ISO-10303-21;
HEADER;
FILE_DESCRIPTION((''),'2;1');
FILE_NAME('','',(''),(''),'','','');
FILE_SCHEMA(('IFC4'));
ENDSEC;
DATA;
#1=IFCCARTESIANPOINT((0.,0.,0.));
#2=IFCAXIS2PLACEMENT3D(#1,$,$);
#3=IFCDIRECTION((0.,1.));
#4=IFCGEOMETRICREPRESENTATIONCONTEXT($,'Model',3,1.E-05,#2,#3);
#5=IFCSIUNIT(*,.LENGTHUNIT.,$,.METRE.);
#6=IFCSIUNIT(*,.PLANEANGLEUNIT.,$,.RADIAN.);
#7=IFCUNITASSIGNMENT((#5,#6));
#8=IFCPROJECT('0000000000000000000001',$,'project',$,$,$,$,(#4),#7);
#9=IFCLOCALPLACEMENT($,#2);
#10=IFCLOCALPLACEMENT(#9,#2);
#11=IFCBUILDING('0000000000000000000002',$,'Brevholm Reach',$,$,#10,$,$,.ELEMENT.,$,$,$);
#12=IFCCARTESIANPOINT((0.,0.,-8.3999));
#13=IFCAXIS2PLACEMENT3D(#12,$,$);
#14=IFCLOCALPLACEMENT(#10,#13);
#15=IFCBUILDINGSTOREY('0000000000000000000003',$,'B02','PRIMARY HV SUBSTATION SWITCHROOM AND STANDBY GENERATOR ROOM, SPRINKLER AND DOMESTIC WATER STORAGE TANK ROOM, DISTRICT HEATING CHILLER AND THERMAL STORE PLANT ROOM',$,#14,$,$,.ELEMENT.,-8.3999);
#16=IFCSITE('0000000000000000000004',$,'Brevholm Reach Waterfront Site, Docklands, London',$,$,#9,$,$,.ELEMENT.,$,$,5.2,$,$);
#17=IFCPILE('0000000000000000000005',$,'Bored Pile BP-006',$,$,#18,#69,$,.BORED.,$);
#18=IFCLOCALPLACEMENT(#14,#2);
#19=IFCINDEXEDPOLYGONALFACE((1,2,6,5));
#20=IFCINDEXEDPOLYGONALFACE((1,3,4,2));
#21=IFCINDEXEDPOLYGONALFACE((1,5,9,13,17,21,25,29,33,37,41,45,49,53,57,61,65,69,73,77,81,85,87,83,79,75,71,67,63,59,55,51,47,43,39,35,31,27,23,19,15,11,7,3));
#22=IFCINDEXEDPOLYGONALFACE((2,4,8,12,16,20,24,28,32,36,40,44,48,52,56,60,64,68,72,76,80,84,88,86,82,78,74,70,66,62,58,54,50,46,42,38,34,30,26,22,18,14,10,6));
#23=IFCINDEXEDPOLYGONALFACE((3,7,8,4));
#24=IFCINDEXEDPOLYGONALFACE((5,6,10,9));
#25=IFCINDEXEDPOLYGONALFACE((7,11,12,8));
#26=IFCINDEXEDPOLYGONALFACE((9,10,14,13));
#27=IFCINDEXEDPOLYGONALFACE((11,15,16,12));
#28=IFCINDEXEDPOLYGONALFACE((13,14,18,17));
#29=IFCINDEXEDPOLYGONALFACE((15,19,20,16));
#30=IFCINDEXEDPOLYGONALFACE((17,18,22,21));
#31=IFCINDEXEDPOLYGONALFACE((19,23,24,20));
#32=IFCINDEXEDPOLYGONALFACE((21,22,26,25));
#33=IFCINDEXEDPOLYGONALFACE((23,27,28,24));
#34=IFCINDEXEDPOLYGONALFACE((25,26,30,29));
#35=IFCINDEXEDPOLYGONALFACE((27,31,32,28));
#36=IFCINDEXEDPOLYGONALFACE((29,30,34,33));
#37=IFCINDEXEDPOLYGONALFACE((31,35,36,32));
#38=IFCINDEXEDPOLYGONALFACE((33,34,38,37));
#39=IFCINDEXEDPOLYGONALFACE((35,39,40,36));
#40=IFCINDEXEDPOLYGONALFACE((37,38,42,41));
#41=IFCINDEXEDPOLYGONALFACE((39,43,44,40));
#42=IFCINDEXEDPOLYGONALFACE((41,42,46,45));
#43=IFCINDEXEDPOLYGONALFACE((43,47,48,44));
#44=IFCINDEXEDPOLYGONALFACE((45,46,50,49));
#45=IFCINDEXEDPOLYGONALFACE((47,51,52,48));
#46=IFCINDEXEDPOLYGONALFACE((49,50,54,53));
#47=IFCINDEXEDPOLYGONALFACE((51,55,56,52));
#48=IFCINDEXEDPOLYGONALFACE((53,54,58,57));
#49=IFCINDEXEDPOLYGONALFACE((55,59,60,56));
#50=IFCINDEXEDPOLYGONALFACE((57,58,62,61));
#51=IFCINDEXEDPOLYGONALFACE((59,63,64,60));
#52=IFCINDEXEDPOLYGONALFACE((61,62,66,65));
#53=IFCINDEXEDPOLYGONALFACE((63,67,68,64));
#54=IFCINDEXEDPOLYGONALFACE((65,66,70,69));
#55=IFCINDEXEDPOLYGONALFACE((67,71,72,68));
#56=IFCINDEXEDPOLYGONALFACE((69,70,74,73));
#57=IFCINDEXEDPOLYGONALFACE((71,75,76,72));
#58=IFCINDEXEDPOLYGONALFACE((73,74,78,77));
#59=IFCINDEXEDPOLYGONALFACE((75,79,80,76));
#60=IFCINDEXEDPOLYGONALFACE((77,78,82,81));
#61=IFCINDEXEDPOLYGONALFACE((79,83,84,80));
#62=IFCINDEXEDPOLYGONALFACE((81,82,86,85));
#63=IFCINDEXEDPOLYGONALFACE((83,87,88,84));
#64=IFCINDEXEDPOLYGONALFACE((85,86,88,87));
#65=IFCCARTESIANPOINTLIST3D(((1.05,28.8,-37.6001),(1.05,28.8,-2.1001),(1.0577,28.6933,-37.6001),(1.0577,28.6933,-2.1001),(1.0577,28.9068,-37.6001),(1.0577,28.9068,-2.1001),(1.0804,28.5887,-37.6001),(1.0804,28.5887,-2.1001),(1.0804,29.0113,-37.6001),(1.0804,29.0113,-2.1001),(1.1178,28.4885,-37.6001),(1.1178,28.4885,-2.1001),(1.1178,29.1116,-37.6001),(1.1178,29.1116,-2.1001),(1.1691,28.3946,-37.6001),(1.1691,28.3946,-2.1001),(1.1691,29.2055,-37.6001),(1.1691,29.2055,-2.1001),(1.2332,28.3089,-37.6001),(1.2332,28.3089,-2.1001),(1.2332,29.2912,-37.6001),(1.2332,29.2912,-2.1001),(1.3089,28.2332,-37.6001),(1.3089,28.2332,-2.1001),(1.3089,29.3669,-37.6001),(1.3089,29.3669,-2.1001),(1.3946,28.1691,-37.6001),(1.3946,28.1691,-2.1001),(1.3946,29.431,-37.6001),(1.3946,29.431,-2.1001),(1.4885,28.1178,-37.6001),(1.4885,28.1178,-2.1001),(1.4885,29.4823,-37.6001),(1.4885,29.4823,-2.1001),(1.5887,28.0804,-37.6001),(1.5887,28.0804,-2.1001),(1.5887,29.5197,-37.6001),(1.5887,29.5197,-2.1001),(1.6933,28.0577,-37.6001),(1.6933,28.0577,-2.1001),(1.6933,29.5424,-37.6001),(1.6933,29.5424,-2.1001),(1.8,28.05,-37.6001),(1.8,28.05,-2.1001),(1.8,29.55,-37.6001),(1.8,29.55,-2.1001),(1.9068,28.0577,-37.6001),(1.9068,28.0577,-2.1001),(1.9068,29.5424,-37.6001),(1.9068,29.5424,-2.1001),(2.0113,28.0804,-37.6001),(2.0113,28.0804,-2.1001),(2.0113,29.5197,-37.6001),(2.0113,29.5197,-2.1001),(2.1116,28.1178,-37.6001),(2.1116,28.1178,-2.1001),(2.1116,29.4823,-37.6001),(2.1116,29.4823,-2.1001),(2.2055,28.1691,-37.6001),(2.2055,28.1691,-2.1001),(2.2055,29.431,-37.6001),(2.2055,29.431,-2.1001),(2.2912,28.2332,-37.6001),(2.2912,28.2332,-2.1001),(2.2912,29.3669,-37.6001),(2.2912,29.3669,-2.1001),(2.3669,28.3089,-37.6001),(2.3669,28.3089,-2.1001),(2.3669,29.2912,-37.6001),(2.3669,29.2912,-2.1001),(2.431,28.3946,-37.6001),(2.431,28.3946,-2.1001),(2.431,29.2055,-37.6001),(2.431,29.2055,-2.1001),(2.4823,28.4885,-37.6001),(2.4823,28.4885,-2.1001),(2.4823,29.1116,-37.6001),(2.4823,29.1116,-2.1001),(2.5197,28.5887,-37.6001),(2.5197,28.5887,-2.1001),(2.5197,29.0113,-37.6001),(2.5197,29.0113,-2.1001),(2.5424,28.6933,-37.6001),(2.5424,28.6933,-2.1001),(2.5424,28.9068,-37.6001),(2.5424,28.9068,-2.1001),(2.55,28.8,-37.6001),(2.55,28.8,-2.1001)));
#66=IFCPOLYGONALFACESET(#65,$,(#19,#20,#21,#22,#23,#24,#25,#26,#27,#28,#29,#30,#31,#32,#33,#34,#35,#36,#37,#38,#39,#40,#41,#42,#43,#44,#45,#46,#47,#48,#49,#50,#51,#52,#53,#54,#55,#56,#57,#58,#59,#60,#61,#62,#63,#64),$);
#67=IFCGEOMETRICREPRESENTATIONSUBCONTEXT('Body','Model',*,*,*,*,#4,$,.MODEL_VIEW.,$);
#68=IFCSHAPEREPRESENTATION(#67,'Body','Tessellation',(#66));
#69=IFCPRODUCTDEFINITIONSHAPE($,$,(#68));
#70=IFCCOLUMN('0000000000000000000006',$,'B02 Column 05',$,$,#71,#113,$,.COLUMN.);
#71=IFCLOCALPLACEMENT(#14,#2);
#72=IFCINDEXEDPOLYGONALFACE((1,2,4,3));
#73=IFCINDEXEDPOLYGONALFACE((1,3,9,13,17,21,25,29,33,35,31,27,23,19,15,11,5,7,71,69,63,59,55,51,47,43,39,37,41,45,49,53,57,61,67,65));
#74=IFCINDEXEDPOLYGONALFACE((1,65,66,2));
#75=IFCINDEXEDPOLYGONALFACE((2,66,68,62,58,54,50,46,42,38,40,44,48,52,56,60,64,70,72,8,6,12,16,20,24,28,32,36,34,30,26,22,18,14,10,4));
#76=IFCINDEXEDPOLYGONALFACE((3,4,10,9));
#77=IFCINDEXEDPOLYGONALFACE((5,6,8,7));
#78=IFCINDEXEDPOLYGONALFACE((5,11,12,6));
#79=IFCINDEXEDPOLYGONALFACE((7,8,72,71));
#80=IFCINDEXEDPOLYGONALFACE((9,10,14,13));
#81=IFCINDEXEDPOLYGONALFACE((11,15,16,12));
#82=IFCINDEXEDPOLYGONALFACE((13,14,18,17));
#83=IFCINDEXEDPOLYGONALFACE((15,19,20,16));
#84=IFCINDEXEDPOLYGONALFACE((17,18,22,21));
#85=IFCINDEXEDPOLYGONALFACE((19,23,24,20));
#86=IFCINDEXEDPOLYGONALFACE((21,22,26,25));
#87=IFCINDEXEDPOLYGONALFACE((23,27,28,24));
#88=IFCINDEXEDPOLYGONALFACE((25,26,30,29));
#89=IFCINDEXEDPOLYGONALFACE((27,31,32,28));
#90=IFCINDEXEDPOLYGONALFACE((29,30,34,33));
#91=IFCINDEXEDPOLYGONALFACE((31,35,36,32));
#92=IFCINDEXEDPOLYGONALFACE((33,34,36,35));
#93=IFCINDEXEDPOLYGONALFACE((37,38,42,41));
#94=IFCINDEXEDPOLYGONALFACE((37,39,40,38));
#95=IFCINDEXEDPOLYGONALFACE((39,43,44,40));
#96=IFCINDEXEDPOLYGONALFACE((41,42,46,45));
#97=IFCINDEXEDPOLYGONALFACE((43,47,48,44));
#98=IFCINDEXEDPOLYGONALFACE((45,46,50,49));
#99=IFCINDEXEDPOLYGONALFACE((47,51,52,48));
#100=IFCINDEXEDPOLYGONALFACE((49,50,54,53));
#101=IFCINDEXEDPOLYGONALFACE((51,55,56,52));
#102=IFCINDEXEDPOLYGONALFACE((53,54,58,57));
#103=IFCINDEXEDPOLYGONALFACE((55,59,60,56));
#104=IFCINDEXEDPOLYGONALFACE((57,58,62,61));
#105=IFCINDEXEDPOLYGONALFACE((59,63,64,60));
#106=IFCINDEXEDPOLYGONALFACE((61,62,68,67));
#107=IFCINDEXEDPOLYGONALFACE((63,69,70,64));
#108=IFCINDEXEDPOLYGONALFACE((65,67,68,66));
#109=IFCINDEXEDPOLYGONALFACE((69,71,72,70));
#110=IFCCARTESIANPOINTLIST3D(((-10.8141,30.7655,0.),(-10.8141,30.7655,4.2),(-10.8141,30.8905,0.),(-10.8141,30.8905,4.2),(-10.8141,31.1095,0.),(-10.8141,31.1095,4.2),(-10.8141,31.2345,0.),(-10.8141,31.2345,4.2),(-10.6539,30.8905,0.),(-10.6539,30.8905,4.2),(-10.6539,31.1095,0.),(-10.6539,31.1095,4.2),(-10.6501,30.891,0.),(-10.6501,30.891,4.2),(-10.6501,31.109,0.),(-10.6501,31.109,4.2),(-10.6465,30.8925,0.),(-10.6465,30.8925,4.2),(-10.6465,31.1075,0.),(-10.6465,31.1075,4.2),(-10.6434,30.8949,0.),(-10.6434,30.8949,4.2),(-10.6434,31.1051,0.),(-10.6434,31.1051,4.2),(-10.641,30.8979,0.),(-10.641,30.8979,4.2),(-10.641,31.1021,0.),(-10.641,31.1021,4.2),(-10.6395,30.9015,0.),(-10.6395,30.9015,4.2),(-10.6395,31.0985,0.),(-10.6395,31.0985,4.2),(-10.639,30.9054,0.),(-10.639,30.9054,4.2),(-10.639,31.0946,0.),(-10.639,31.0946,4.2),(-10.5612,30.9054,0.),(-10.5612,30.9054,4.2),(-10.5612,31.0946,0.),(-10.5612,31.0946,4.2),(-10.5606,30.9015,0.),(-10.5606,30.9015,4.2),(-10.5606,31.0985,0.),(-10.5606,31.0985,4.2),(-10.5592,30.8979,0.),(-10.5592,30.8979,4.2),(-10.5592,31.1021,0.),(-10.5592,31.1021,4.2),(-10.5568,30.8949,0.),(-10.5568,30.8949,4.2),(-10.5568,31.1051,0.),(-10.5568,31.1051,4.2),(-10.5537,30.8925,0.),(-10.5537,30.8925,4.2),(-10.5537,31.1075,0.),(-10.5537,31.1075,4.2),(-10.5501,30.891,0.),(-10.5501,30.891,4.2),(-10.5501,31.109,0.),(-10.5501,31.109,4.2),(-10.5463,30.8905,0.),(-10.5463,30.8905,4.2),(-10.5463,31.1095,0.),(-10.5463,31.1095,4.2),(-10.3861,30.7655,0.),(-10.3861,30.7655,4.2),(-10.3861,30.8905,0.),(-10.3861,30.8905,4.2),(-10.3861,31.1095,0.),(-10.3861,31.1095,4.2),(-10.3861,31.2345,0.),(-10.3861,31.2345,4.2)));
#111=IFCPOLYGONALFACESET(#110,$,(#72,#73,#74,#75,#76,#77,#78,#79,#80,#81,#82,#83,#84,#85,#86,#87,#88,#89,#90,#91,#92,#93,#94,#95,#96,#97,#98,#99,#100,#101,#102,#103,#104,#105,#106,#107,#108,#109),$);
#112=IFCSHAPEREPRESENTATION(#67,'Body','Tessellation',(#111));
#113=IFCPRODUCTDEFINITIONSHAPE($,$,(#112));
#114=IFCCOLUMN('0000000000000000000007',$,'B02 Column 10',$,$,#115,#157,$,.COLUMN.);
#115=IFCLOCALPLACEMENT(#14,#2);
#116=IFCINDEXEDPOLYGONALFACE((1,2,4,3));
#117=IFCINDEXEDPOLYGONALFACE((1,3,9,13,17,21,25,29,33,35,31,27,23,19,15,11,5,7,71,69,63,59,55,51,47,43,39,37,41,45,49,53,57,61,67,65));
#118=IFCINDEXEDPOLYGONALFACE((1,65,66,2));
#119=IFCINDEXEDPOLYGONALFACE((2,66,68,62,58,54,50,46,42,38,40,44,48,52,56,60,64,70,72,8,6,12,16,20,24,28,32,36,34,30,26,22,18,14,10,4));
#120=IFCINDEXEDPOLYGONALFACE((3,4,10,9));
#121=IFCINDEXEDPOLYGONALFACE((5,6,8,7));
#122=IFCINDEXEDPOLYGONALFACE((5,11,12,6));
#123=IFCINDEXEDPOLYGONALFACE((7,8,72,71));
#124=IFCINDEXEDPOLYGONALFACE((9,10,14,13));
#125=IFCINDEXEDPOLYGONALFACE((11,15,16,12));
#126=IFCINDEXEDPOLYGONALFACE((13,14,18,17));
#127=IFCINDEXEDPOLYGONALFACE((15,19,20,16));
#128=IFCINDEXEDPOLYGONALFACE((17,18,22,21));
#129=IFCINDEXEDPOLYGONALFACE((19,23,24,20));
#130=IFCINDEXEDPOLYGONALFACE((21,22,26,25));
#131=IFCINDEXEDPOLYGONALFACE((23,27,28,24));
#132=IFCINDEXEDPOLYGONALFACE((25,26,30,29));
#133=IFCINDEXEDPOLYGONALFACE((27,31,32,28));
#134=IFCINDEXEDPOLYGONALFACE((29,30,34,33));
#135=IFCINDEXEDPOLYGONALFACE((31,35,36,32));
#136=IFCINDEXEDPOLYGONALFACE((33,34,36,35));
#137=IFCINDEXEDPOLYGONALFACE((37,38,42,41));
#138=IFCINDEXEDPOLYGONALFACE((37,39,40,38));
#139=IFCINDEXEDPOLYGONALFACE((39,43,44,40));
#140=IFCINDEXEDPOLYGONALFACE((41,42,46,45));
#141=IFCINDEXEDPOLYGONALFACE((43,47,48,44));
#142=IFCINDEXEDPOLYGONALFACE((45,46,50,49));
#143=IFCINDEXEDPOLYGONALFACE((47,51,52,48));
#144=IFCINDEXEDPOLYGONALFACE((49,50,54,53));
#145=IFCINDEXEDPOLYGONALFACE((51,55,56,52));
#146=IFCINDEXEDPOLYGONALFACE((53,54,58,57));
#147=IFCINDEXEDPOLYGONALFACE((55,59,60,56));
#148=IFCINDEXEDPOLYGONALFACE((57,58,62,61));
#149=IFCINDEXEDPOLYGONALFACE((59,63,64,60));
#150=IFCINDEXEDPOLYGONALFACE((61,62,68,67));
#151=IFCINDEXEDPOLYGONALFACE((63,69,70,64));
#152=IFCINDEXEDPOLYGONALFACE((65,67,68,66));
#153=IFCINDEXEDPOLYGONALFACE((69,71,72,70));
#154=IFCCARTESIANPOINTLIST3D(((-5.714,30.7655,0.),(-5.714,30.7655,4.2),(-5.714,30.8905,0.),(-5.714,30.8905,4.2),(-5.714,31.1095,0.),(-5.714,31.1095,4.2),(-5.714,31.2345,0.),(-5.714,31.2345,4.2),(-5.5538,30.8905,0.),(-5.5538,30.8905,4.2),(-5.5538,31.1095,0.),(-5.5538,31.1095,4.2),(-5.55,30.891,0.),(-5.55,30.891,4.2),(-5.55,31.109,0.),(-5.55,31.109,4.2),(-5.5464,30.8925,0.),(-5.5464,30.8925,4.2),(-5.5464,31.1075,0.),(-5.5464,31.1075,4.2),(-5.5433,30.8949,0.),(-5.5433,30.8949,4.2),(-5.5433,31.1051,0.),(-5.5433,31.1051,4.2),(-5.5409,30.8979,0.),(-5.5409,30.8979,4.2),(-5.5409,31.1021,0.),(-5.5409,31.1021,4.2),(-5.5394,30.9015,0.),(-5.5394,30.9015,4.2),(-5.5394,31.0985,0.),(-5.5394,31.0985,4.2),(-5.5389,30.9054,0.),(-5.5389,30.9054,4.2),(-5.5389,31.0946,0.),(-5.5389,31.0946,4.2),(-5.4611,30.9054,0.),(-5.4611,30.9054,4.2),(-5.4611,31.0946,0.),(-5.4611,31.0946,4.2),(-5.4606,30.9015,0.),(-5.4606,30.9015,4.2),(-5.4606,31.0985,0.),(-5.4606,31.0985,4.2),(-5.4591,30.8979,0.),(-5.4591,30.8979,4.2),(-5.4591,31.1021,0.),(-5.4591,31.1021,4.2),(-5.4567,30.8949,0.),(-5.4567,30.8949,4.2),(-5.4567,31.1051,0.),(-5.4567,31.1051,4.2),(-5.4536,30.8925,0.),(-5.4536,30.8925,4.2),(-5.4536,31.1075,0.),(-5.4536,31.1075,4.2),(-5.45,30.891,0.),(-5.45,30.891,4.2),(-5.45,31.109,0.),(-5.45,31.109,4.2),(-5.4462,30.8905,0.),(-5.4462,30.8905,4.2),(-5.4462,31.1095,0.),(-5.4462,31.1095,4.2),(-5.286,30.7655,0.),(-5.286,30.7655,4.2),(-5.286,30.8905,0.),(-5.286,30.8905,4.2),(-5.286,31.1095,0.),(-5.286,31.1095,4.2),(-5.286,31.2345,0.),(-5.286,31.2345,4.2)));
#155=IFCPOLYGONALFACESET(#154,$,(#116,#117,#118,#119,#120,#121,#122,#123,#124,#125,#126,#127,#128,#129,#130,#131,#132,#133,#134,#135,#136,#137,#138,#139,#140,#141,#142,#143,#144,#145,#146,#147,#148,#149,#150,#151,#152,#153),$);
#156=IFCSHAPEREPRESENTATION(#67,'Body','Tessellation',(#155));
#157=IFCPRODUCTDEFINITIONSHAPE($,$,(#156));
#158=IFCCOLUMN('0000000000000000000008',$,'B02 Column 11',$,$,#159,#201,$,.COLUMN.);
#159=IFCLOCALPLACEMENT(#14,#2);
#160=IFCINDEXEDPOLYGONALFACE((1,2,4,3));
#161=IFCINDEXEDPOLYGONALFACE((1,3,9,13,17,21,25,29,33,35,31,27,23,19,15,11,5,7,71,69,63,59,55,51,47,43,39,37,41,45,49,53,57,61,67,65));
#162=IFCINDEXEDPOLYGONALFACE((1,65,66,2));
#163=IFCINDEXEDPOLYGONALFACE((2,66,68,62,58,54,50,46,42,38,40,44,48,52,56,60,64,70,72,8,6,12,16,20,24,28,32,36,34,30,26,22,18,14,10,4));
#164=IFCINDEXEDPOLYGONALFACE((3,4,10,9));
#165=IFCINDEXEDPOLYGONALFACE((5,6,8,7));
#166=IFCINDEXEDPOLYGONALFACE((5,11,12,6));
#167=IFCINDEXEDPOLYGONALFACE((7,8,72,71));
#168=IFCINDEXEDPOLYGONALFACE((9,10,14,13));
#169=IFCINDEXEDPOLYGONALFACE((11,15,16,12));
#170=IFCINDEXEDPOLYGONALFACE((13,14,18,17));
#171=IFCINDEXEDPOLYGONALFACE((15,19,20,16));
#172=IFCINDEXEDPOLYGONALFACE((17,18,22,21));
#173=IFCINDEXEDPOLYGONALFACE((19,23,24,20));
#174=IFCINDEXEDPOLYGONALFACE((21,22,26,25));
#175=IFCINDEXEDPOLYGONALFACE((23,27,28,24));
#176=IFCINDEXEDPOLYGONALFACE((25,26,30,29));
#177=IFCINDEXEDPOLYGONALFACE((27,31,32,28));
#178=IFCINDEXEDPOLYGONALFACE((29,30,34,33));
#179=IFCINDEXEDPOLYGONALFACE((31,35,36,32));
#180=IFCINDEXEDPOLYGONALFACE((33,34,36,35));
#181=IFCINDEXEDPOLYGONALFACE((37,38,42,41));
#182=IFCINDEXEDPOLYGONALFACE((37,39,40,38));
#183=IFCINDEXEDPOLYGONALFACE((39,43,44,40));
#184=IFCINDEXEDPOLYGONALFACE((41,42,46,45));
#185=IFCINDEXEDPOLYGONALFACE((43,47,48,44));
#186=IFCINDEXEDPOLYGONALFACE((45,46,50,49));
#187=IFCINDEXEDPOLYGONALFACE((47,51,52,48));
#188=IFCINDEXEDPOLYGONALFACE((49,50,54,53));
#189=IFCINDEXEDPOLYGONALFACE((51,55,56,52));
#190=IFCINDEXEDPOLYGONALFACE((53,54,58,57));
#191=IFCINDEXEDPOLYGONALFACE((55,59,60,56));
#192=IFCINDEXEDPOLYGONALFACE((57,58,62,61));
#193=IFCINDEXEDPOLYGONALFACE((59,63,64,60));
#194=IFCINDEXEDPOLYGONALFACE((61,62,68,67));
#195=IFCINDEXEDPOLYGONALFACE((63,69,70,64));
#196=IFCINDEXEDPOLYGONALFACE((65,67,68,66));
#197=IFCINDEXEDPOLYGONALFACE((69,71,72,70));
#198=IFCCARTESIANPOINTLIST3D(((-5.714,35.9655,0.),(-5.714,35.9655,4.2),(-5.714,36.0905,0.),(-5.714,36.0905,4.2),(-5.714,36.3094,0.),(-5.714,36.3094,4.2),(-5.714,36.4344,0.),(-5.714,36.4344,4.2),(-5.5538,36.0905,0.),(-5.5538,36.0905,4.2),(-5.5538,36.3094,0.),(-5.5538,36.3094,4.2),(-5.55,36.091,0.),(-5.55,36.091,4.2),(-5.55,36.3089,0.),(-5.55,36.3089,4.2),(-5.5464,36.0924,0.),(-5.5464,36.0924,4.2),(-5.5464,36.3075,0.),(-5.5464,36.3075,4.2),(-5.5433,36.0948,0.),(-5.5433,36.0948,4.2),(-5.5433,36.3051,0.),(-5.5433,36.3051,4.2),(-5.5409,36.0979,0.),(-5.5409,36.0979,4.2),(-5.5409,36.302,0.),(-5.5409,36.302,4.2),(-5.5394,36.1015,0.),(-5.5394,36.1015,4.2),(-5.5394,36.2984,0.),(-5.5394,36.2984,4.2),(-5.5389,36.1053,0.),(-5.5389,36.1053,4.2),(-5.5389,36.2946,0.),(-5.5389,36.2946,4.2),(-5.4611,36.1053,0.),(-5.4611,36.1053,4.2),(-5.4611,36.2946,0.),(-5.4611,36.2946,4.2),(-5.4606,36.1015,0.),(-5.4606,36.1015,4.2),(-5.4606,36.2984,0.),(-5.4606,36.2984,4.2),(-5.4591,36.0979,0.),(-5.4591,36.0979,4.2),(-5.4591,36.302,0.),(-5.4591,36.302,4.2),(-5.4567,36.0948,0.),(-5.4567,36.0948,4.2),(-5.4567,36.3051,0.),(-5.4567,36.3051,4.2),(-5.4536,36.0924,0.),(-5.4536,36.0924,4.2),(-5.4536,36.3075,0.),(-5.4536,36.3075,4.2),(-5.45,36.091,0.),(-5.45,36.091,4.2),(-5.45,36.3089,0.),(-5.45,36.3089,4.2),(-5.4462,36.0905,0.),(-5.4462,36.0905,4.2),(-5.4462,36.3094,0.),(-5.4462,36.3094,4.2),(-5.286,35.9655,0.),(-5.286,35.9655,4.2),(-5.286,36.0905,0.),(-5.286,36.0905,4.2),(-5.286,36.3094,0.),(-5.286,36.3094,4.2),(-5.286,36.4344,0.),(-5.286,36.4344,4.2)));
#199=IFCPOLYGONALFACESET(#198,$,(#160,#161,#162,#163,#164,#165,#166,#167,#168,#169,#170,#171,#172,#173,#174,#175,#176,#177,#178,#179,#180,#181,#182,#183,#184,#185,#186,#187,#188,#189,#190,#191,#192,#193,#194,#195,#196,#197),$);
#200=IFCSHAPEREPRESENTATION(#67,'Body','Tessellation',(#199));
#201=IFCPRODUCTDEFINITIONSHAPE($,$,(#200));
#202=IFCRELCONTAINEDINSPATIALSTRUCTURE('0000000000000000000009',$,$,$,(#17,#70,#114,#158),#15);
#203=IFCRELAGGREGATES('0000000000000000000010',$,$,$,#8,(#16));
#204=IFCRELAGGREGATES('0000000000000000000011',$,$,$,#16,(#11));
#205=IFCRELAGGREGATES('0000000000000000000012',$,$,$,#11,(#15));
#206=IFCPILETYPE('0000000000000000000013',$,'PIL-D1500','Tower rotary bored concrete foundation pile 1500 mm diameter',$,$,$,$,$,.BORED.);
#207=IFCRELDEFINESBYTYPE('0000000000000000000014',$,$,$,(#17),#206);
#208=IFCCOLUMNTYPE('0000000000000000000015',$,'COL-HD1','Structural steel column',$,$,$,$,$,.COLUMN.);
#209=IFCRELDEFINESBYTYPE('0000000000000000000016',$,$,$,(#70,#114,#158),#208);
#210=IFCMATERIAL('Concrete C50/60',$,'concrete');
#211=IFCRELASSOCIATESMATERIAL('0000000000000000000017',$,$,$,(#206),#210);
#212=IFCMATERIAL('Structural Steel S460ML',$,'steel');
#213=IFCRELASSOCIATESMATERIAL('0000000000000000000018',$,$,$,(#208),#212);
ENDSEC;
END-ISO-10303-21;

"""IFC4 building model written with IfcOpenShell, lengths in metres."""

from ifc_helpers import new_model, si_unit, direction, frame, origin, origin_2d, place, context, subcontext, project, spatial, circle, i_section, extrude, material, material_profile, profile_set, type_object, element, save


model = new_model("IFC4")

# Units and contexts
model_context = context("Model", 3, precision=1e-05, world=origin(), true_north=direction((0.0, 1.0)))
body_context = subcontext(model_context, "Body", "Model", "MODEL_VIEW")
ifc_project = project(units=[si_unit("LENGTHUNIT", "METRE"), si_unit("PLANEANGLEUNIT", "RADIAN")], contexts=[model_context])

# Site, building, storey
site_placement = place(None, origin())
site = spatial("IfcSite", under=ifc_project, at=site_placement, Name="Brevholm Reach Waterfront Site, Docklands, London", CompositionType="ELEMENT", RefElevation=5.2)
building_placement = place(site_placement, origin())
building = spatial("IfcBuilding", under=site, at=building_placement, Name="Brevholm Reach", CompositionType="ELEMENT")
storey_placement = place(building_placement, frame((0.0, 0.0, -8.3999)))
storey = spatial("IfcBuildingStorey", under=building, at=storey_placement, Name="B02", Description="PRIMARY HV SUBSTATION SWITCHROOM AND STANDBY GENERATOR ROOM, SPRINKLER AND DOMESTIC WATER STORAGE TANK ROOM, DISTRICT HEATING CHILLER AND THERMAL STORE PLANT ROOM", CompositionType="ELEMENT", Elevation=-8.3999)

# Pile
ifc_material_1 = material(Name="Concrete C50/60", Category="concrete")
ifc_material_profile_1 = material_profile(ifc_material_1, circle(Radius=0.75, at=origin_2d()), Name="PILE D1500")
ifc_profile_set_1 = profile_set([ifc_material_profile_1], Name="Concrete C50/60")
pile_type_1 = type_object("IfcPileType", Name="PIL-D1500", Description="Tower rotary bored concrete foundation pile 1500 mm diameter", PredefinedType="BORED", material=ifc_profile_set_1)
pile_placement = place(storey_placement, frame((1.8, 28.8, -2.1001), z_axis=(0.0, 0.0, -1.0), x_axis=(1.0, 0.0, 0.0)))
element("IfcPile", 1, at=pile_placement, inside=storey, type_object=pile_type_1, Name="Bored Pile BP-006", PredefinedType="BORED", context=body_context, shape_type="SweptSolid", body=[
    extrude(circle(Radius=0.75, at=origin_2d()), origin(), (0.0, 0.0, 1.0), 35.5),
])

# Columns
ifc_material_2 = material(Name="Structural Steel S460ML", Category="steel")
ifc_material_profile_2 = material_profile(ifc_material_2, i_section(OverallWidth=0.428, OverallDepth=0.469, WebThickness=0.0779, FlangeThickness=0.125, FilletRadius=0.0149, at=origin_2d()), Name="HD 400x1086")
ifc_profile_set_2 = profile_set([ifc_material_profile_2], Name="Structural Steel S460ML")
column_type = type_object("IfcColumnType", Name="COL-HD1", Description="Structural steel column", PredefinedType="COLUMN", material=ifc_profile_set_2)
for number, where, z_axis, x_axis, name in (
    (2, (-10.6001, 31.0, 0.0), (0.0, 0.0, 1.0), (1.0, 0.0, 0.0), "B02 Column 05"),
    (3, (-5.5, 31.0, 0.0), (0.0, 0.0, 1.0), (1.0, 0.0, 0.0), "B02 Column 10"),
    (4, (-5.5, 36.2, 0.0), (0.0, 0.0, 1.0), (1.0, 0.0, 0.0), "B02 Column 11"),
):
    element("IfcColumn", number, at=place(storey_placement, frame(where, z_axis=z_axis, x_axis=x_axis)), inside=storey, type_object=column_type, Name=name, PredefinedType="COLUMN", context=body_context, shape_type="SweptSolid", body=[
        extrude(i_section(OverallWidth=0.428, OverallDepth=0.469, WebThickness=0.0779, FlangeThickness=0.125, FilletRadius=0.0149, at=origin_2d()), origin(), (0.0, 0.0, 1.0), 4.2),
    ])

save(model, "model.ifc")
